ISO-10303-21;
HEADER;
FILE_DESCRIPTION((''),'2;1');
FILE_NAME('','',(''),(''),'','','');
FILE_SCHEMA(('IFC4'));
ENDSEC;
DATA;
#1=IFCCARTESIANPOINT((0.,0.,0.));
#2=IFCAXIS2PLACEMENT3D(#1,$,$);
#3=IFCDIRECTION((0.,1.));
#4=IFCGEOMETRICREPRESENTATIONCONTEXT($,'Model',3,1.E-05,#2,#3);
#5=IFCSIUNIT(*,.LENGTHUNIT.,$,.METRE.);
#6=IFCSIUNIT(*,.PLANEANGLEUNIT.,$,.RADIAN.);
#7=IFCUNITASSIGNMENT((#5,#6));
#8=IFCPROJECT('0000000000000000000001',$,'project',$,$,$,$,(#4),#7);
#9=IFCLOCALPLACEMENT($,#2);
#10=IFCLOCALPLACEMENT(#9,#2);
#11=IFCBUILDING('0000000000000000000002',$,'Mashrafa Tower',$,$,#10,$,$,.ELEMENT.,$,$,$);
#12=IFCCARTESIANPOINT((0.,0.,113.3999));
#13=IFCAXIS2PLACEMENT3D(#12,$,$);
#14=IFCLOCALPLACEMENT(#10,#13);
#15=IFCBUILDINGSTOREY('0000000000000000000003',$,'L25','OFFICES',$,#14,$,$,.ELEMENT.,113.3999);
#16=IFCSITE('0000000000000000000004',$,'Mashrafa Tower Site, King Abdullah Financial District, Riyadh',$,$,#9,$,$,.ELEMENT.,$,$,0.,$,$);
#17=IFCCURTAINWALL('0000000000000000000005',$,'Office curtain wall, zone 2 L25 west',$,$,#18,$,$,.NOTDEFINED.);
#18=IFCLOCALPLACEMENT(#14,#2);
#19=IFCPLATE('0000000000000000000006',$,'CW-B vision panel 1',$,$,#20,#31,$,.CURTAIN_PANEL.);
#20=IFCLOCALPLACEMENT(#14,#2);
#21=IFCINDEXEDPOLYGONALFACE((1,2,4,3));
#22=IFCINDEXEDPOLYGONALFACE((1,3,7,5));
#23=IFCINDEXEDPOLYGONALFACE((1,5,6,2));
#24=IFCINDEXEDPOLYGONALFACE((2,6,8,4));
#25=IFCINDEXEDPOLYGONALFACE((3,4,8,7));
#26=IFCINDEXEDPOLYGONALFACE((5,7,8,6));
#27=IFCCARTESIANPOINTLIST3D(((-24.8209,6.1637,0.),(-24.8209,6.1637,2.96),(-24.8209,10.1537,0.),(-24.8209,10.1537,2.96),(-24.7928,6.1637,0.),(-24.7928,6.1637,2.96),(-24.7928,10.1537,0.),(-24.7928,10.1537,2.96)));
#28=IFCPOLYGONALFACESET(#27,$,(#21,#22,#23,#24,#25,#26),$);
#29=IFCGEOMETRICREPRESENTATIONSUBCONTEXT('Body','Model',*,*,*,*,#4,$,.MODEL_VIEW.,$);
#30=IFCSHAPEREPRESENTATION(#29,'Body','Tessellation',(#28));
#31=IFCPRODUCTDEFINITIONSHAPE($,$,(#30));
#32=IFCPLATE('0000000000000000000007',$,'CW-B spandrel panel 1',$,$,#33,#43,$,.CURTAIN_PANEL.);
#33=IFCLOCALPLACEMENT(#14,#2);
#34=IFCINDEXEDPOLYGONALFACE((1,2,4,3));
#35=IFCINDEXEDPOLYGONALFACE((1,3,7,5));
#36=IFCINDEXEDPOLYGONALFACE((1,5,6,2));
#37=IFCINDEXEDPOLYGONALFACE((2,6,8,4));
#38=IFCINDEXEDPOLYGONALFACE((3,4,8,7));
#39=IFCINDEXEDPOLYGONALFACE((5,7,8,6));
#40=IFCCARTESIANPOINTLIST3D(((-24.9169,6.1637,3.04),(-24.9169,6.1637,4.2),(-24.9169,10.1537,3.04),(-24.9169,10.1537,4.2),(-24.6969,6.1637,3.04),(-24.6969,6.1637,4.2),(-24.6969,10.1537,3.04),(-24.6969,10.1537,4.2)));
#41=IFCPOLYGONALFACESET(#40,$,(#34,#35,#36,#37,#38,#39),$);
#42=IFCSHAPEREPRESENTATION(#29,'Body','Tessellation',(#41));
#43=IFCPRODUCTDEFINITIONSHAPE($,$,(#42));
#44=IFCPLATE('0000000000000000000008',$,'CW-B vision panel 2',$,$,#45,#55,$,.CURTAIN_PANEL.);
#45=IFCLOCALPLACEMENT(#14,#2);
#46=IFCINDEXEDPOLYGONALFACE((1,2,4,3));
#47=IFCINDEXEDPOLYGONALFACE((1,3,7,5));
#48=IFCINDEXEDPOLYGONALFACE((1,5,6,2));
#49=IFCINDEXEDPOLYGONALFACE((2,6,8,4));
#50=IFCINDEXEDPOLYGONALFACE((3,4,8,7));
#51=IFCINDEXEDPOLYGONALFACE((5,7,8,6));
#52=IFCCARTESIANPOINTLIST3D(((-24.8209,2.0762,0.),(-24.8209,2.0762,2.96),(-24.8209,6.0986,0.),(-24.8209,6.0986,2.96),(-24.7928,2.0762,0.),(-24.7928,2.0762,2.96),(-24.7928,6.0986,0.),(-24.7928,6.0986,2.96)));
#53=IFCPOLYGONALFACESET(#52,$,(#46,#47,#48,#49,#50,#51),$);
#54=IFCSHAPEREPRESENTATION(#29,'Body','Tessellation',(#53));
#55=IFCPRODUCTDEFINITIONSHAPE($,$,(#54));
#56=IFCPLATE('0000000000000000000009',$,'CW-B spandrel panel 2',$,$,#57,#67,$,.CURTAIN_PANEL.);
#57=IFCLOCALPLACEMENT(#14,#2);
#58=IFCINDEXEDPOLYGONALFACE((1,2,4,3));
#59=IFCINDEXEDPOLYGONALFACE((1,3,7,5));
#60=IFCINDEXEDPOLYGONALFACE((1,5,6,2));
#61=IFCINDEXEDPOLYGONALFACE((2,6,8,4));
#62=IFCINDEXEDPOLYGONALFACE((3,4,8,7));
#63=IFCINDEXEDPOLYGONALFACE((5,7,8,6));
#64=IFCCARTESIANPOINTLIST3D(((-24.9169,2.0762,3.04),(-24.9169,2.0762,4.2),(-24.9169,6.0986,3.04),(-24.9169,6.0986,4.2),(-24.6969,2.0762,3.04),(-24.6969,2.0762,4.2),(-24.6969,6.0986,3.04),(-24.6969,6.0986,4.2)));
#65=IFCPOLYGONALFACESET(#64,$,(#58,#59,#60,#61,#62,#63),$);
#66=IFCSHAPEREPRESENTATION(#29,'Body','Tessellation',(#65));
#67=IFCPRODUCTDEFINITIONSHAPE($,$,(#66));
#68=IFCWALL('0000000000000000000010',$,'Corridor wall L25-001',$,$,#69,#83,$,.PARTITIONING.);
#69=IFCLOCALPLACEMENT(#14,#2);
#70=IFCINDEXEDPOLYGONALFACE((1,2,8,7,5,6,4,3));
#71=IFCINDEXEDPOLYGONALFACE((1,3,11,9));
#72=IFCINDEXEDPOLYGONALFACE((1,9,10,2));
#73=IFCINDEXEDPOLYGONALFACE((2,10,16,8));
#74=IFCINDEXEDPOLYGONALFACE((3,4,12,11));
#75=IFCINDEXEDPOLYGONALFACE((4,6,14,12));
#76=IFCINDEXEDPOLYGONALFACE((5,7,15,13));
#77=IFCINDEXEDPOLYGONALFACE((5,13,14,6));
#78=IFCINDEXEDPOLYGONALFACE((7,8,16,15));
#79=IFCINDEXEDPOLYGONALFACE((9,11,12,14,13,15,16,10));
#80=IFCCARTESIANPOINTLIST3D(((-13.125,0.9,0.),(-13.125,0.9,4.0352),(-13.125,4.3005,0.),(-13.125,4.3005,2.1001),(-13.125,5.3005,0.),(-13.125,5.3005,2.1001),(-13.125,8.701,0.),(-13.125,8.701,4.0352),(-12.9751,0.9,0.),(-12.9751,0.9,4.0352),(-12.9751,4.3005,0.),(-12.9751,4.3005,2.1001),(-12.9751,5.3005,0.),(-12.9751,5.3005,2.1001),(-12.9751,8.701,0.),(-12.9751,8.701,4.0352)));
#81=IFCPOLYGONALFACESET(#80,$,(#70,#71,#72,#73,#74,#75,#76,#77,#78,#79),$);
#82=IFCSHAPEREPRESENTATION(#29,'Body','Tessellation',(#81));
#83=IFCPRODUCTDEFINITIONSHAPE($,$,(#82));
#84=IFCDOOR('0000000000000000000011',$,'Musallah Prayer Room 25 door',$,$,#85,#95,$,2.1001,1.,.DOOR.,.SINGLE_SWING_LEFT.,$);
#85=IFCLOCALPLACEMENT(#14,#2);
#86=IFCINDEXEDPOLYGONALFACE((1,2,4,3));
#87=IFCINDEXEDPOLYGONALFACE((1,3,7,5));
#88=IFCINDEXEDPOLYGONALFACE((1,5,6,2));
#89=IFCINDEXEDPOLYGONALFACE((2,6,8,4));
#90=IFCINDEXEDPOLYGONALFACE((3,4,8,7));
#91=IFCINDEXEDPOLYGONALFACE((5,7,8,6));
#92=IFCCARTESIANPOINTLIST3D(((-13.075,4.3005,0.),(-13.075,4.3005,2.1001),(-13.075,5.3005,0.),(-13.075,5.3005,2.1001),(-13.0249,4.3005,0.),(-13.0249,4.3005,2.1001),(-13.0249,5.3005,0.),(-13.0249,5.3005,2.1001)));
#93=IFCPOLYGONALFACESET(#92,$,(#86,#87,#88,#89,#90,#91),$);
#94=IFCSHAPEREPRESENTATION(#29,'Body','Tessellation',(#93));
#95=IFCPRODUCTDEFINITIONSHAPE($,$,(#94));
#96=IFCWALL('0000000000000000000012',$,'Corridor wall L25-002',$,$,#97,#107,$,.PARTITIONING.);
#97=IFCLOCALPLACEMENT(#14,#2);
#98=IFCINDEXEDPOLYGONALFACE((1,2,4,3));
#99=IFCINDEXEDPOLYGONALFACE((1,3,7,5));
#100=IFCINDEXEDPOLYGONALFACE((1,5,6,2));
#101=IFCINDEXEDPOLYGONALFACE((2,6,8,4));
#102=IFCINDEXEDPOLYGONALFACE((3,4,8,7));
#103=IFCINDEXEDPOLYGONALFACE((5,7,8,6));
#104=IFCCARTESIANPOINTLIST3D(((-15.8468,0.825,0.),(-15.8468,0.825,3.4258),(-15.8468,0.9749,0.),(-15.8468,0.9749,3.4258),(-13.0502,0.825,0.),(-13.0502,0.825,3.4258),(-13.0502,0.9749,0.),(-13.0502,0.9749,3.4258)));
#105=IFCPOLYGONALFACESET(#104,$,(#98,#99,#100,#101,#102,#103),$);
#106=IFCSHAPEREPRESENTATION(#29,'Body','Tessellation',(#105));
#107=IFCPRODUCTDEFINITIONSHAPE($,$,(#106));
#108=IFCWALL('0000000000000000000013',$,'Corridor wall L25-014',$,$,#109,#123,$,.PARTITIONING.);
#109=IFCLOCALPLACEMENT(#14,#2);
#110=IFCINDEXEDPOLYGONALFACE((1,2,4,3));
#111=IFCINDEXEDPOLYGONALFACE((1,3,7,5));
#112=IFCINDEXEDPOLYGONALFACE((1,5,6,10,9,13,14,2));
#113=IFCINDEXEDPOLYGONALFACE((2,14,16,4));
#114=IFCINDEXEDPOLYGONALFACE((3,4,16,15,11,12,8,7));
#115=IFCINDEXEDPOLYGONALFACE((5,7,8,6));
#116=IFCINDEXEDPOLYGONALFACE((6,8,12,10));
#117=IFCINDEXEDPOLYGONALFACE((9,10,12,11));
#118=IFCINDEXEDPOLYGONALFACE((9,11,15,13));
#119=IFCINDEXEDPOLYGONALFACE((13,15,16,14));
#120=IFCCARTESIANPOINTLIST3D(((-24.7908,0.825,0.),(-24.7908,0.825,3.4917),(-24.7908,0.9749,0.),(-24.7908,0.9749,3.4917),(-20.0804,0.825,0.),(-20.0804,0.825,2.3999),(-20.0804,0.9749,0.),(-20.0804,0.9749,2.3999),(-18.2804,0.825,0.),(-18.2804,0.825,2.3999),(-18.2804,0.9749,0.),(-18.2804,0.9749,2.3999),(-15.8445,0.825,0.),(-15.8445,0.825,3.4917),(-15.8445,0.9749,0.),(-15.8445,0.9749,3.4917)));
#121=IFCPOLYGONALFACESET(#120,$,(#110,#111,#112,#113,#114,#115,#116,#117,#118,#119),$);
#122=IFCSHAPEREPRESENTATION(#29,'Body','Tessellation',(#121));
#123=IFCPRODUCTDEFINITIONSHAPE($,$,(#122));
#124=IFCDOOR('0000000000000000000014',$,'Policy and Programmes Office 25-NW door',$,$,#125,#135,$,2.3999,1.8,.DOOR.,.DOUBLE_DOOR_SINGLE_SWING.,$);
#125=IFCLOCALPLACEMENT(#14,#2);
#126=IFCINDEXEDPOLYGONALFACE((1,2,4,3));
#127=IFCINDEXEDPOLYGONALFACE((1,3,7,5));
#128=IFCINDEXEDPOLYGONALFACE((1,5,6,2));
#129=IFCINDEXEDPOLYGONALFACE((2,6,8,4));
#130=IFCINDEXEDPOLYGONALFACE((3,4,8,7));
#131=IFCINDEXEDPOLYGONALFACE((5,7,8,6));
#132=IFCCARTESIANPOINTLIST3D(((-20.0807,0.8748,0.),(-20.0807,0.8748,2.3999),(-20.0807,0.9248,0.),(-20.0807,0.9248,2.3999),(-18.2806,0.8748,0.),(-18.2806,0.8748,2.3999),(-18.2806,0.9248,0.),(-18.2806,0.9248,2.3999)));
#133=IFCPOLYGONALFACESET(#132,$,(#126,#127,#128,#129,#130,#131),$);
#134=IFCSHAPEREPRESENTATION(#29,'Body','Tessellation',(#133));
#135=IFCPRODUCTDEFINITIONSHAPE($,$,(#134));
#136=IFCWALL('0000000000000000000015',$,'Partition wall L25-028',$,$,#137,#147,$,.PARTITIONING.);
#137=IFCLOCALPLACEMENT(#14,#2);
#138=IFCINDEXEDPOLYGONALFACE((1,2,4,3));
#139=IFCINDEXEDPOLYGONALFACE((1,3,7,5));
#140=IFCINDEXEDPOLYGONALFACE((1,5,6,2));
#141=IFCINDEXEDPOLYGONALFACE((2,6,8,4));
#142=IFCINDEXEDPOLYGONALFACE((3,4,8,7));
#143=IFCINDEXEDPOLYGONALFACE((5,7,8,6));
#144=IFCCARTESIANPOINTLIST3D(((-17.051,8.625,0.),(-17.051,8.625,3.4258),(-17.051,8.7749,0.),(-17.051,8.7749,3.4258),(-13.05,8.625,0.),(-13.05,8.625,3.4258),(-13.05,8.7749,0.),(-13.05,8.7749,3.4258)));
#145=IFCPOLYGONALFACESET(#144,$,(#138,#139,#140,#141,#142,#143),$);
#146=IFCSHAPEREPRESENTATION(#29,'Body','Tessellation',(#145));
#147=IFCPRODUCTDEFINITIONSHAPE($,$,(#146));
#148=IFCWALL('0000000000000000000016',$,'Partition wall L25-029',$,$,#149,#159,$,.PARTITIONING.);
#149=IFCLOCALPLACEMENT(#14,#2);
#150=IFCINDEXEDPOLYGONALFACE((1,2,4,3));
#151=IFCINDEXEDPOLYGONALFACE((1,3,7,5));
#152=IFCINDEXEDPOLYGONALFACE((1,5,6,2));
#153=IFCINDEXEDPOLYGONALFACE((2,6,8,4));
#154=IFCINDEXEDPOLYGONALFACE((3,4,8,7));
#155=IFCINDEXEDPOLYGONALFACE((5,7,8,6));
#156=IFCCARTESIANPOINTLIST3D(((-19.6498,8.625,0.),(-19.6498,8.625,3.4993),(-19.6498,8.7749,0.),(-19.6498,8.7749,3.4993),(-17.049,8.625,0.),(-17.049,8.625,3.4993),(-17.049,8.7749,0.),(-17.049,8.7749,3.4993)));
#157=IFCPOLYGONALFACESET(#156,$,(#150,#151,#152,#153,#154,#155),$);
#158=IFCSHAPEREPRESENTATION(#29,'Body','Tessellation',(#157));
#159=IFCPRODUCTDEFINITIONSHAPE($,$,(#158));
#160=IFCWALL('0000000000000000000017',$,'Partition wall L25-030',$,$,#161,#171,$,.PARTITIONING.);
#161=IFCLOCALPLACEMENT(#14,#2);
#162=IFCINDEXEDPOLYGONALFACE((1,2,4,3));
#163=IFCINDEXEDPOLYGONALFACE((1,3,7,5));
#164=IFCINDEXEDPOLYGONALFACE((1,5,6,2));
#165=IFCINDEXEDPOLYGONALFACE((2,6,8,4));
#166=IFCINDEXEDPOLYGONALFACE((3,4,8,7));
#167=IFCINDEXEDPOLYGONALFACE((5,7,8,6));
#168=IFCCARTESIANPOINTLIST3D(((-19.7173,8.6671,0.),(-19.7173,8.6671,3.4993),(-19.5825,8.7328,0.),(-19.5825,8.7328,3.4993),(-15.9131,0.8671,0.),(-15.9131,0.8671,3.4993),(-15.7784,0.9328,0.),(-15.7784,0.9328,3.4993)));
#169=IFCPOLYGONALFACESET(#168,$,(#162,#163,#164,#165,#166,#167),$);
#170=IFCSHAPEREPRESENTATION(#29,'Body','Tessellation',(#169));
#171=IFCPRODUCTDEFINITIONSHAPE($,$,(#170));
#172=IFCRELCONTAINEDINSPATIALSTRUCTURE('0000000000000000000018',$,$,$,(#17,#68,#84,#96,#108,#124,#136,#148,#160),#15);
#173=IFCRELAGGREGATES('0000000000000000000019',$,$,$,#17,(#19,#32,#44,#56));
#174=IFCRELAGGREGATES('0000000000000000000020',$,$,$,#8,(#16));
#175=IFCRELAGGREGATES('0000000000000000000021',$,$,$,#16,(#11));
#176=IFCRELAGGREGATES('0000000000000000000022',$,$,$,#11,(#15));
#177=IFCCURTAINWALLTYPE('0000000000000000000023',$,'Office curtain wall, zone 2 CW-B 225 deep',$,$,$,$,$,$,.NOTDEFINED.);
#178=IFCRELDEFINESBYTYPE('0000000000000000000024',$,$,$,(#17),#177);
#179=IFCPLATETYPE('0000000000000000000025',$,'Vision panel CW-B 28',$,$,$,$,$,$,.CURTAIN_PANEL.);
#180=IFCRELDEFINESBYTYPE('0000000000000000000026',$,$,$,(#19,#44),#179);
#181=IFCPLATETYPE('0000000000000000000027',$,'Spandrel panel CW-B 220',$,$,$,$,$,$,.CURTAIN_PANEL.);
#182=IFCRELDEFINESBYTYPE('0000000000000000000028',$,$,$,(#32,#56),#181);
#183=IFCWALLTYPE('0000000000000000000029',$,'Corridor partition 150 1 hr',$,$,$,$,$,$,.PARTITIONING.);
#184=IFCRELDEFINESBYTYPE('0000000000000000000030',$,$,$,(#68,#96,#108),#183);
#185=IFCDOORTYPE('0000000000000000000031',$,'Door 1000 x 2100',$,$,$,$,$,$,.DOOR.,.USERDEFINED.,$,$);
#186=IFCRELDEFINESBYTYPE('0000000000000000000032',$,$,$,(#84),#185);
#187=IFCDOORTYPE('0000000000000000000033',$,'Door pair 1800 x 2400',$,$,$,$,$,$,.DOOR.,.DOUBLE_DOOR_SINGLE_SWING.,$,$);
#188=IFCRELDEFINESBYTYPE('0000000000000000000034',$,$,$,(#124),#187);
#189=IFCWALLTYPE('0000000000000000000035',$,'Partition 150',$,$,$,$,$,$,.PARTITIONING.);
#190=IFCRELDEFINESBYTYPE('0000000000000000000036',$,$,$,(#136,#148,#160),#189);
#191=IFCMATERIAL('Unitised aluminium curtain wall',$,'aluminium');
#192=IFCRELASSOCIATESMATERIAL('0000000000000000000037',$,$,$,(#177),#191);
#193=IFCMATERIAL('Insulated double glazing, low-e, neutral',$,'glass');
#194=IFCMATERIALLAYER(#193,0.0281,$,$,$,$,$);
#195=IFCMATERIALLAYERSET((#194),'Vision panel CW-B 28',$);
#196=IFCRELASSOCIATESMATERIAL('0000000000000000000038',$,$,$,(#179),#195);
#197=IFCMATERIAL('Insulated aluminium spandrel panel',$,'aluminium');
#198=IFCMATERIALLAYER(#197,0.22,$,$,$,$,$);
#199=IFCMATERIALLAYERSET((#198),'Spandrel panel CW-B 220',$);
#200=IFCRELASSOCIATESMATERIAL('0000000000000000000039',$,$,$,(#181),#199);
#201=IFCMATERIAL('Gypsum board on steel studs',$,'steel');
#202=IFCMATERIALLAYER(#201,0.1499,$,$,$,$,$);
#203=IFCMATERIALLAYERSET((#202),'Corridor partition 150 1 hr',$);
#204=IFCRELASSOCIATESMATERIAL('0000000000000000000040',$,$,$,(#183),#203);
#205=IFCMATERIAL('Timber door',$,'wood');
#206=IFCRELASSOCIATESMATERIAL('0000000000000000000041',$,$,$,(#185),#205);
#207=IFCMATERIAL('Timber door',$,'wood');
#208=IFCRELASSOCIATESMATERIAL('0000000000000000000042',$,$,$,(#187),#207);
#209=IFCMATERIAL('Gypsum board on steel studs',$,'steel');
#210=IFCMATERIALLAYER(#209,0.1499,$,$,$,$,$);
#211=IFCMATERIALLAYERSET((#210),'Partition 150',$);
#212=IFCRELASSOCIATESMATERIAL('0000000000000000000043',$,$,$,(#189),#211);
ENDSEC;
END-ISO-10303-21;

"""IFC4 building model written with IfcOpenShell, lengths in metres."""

from ifc_helpers import new_model, si_unit, direction, frame, frame_2d, origin, origin_2d, place, context, subcontext, project, spatial, rectangle, extrude, source, transform, mapped, material, layer, layer_set, type_object, type_shapes, element, fill, aggregate, save


model = new_model("IFC4")

# Units and contexts
model_context = context("Model", 3, precision=1e-05, world=origin(), true_north=direction((0.0, 1.0)))
body_context = subcontext(model_context, "Body", "Model", "MODEL_VIEW")
ifc_project = project(units=[si_unit("LENGTHUNIT", "METRE"), si_unit("PLANEANGLEUNIT", "RADIAN")], contexts=[model_context])

# Site, building, storey
site_placement = place(None, origin())
site = spatial("IfcSite", under=ifc_project, at=site_placement, Name="Mashrafa Tower Site, King Abdullah Financial District, Riyadh", CompositionType="ELEMENT", RefElevation=0.0)
building_placement = place(site_placement, origin())
building = spatial("IfcBuilding", under=site, at=building_placement, Name="Mashrafa Tower", CompositionType="ELEMENT")
storey_placement = place(building_placement, frame((0.0, 0.0, 113.3999)))
storey = spatial("IfcBuildingStorey", under=building, at=storey_placement, Name="L25", Description="OFFICES", CompositionType="ELEMENT", Elevation=113.3999)

# Curtain wall, plates
ifc_material_1 = material(Name="Unitised aluminium curtain wall", Category="aluminium")
curtain_wall_type = type_object("IfcCurtainWallType", Name="Office curtain wall, zone 2 CW-B 225 deep", PredefinedType="NOTDEFINED", material=ifc_material_1)
curtain_wall_placement = place(storey_placement, origin())
curtain_wall = element("IfcCurtainWall", 1, at=curtain_wall_placement, inside=storey, type_object=curtain_wall_type, Name="Office curtain wall, zone 2 L25 west", PredefinedType="NOTDEFINED")
ifc_material_2 = material(Name="Insulated double glazing, low-e, neutral", Category="glass")
ifc_layer_1 = layer(ifc_material_2, 0.0281)
ifc_layer_set_1 = layer_set([ifc_layer_1], Name="Vision panel CW-B 28")
plate_type_1 = type_object("IfcPlateType", Name="Vision panel CW-B 28", PredefinedType="CURTAIN_PANEL", material=ifc_layer_set_1)
shared_shape_1 = source(origin(), body_context, "Body", "SweptSolid", [
    extrude(rectangle(XDim=3.99, YDim=0.0281, at=origin_2d()), origin(), (0.0, 0.0, 1.0), 2.96),
])
plate_1_placement = place(storey_placement, frame((-24.8069, 8.1587, 0.0), z_axis=(0.0, 0.0, 1.0), x_axis=(0.0, -1.0, 0.0)))
plate_1 = element("IfcPlate", 2, at=plate_1_placement, type_object=plate_type_1, Name="CW-B vision panel 1", PredefinedType="CURTAIN_PANEL", context=body_context, shape_type="MappedRepresentation", body=[
    mapped(shared_shape_1, transform((0.0, 0.0, 0.0))),
])
ifc_material_3 = material(Name="Insulated aluminium spandrel panel", Category="aluminium")
ifc_layer_2 = layer(ifc_material_3, 0.22)
ifc_layer_set_2 = layer_set([ifc_layer_2], Name="Spandrel panel CW-B 220")
plate_type_2 = type_object("IfcPlateType", Name="Spandrel panel CW-B 220", PredefinedType="CURTAIN_PANEL", material=ifc_layer_set_2)
shared_shape_2 = source(origin(), body_context, "Body", "SweptSolid", [
    extrude(rectangle(XDim=3.99, YDim=0.22, at=origin_2d()), origin(), (0.0, 0.0, 1.0), 1.1599),
])
plate_2_placement = place(storey_placement, frame((-24.8069, 8.1587, 3.04), z_axis=(0.0, 0.0, 1.0), x_axis=(0.0, -1.0, 0.0)))
plate_2 = element("IfcPlate", 3, at=plate_2_placement, type_object=plate_type_2, Name="CW-B spandrel panel 1", PredefinedType="CURTAIN_PANEL", context=body_context, shape_type="MappedRepresentation", body=[
    mapped(shared_shape_2, transform((0.0, 0.0, 0.0))),
])
shared_shape_3 = source(origin(), body_context, "Body", "SweptSolid", [
    extrude(rectangle(XDim=4.0225, YDim=0.0281, at=origin_2d()), origin(), (0.0, 0.0, 1.0), 2.96),
])
type_shapes(plate_type_1, [shared_shape_1, shared_shape_3])
plate_3_placement = place(storey_placement, frame((-24.8069, 4.0874, 0.0), z_axis=(0.0, 0.0, 1.0), x_axis=(0.0, -1.0, 0.0)))
plate_3 = element("IfcPlate", 4, at=plate_3_placement, type_object=plate_type_1, Name="CW-B vision panel 2", PredefinedType="CURTAIN_PANEL", context=body_context, shape_type="MappedRepresentation", body=[
    mapped(shared_shape_3, transform((0.0, 0.0, 0.0))),
])
shared_shape_4 = source(origin(), body_context, "Body", "SweptSolid", [
    extrude(rectangle(XDim=4.0225, YDim=0.22, at=origin_2d()), origin(), (0.0, 0.0, 1.0), 1.1599),
])
type_shapes(plate_type_2, [shared_shape_2, shared_shape_4])
plate_4_placement = place(storey_placement, frame((-24.8069, 4.0874, 3.04), z_axis=(0.0, 0.0, 1.0), x_axis=(0.0, -1.0, 0.0)))
plate_4 = element("IfcPlate", 5, at=plate_4_placement, type_object=plate_type_2, Name="CW-B spandrel panel 2", PredefinedType="CURTAIN_PANEL", context=body_context, shape_type="MappedRepresentation", body=[
    mapped(shared_shape_4, transform((0.0, 0.0, 0.0))),
])
aggregate(curtain_wall, [plate_1, plate_2, plate_3, plate_4])

# Wall, opening, door
ifc_material_4 = material(Name="Gypsum board on steel studs", Category="steel")
ifc_layer_3 = layer(ifc_material_4, 0.1499)
ifc_layer_set_3 = layer_set([ifc_layer_3], Name="Corridor partition 150 1 hr")
wall_type_1 = type_object("IfcWallType", Name="Corridor partition 150 1 hr", PredefinedType="PARTITIONING", material=ifc_layer_set_3)
wall_1_placement = place(storey_placement, frame((-13.05, 8.7009, 0.0), z_axis=(0.0, 0.0, 1.0), x_axis=(0.0, -1.0, 0.0)))
wall_1 = element("IfcWall", 6, at=wall_1_placement, inside=storey, type_object=wall_type_1, Name="Corridor wall L25-001", PredefinedType="PARTITIONING", context=body_context, shape_type="SweptSolid", body=[
    extrude(rectangle(XDim=7.801, YDim=0.1499, at=frame_2d((3.9004, 0.0))), origin(), (0.0, 0.0, 1.0), 4.0352),
])
opening_1_placement = place(wall_1_placement, frame((3.4004, 0.0, 0.0)))
opening_1 = element("IfcOpeningElement", 7, at=opening_1_placement, cuts=wall_1, PredefinedType="OPENING", context=body_context, shape_type="SweptSolid", body=[
    extrude(rectangle(XDim=1.0, YDim=2.1001, at=frame_2d((0.5, 1.05))), frame((0.0, 0.085, 0.0), z_axis=(0.0, -1.0, 0.0), x_axis=(1.0, 0.0, 0.0)), (0.0, 0.0, 1.0), 0.1699),
])
ifc_material_5 = material(Name="Timber door", Category="wood")
door_type_1 = type_object("IfcDoorType", Name="Door 1000 x 2100", OperationType="USERDEFINED", PredefinedType="DOOR", material=ifc_material_5)
door_1_placement = place(opening_1_placement, frame((1.0, 0.0, 0.0), z_axis=(0.0, 0.0, 1.0), x_axis=(-1.0, 0.0, 0.0)))
door_1 = element("IfcDoor", 8, at=door_1_placement, inside=storey, type_object=door_type_1, Name="Musallah Prayer Room 25 door", OperationType="SINGLE_SWING_LEFT", OverallHeight=2.1001, OverallWidth=1.0, PredefinedType="DOOR", context=body_context, shape_type="SweptSolid", body=[
    extrude(rectangle(XDim=1.0, YDim=2.1001, at=frame_2d((0.5, 1.05))), frame((0.0, 0.0249, 0.0), z_axis=(0.0, -1.0, 0.0), x_axis=(1.0, 0.0, 0.0)), (0.0, 0.0, 1.0), 0.05),
])
fill(opening_1, door_1)

# Wall
wall_2_placement = place(storey_placement, frame((-13.05, 0.8999, 0.0), z_axis=(0.0, 0.0, 1.0), x_axis=(-1.0, 0.0, 0.0)))
element("IfcWall", 9, at=wall_2_placement, inside=storey, type_object=wall_type_1, Name="Corridor wall L25-002", PredefinedType="PARTITIONING", context=body_context, shape_type="SweptSolid", body=[
    extrude(rectangle(XDim=2.7966, YDim=0.1499, at=frame_2d((1.3984, 0.0))), origin(), (0.0, 0.0, 1.0), 3.4258),
])

# Wall, opening, door
wall_3_placement = place(storey_placement, frame((-15.8445, 0.8999, 0.0), z_axis=(0.0, 0.0, 1.0), x_axis=(-1.0, 0.0, 0.0)))
wall_3 = element("IfcWall", 10, at=wall_3_placement, inside=storey, type_object=wall_type_1, Name="Corridor wall L25-014", PredefinedType="PARTITIONING", context=body_context, shape_type="SweptSolid", body=[
    extrude(rectangle(XDim=8.9463, YDim=0.1499, at=frame_2d((4.4731, 0.0))), origin(), (0.0, 0.0, 1.0), 3.4917),
])
opening_2_placement = place(wall_3_placement, frame((2.436, 0.0, 0.0)))
opening_2 = element("IfcOpeningElement", 11, at=opening_2_placement, cuts=wall_3, PredefinedType="OPENING", context=body_context, shape_type="SweptSolid", body=[
    extrude(rectangle(XDim=1.8, YDim=2.3999, at=frame_2d((0.8999, 1.2))), frame((0.0, 0.085, 0.0), z_axis=(0.0, -1.0, 0.0), x_axis=(1.0, 0.0, 0.0)), (0.0, 0.0, 1.0), 0.1699),
])
ifc_material_6 = material(Name="Timber door", Category="wood")
door_type_2 = type_object("IfcDoorType", Name="Door pair 1800 x 2400", OperationType="DOUBLE_DOOR_SINGLE_SWING", PredefinedType="DOOR", material=ifc_material_6)
door_2_placement = place(opening_2_placement, frame((1.8, 0.0, 0.0), z_axis=(0.0, 0.0, 1.0), x_axis=(-1.0, 0.0, 0.0)))
door_2 = element("IfcDoor", 12, at=door_2_placement, inside=storey, type_object=door_type_2, Name="Policy and Programmes Office 25-NW door", OperationType="DOUBLE_DOOR_SINGLE_SWING", OverallHeight=2.3999, OverallWidth=1.8, PredefinedType="DOOR", context=body_context, shape_type="SweptSolid", body=[
    extrude(rectangle(XDim=1.8, YDim=2.3999, at=frame_2d((0.8999, 1.2))), frame((0.0, 0.0249, 0.0), z_axis=(0.0, -1.0, 0.0), x_axis=(1.0, 0.0, 0.0)), (0.0, 0.0, 1.0), 0.05),
])
fill(opening_2, door_2)

# Walls
ifc_material_7 = material(Name="Gypsum board on steel studs", Category="steel")
ifc_layer_4 = layer(ifc_material_7, 0.1499)
ifc_layer_set_4 = layer_set([ifc_layer_4], Name="Partition 150")
wall_type_2 = type_object("IfcWallType", Name="Partition 150", PredefinedType="PARTITIONING", material=ifc_layer_set_4)
wall_4_placement = place(storey_placement, frame((-13.05, 8.7, 0.0), z_axis=(0.0, 0.0, 1.0), x_axis=(-1.0, 0.0, 0.0)))
element("IfcWall", 13, at=wall_4_placement, inside=storey, type_object=wall_type_2, Name="Partition wall L25-028", PredefinedType="PARTITIONING", context=body_context, shape_type="SweptSolid", body=[
    extrude(rectangle(XDim=4.001, YDim=0.1499, at=frame_2d((2.0005, 0.0))), origin(), (0.0, 0.0, 1.0), 3.4258),
])
wall_5_placement = place(storey_placement, frame((-17.0491, 8.7, 0.0), z_axis=(0.0, 0.0, 1.0), x_axis=(-1.0, 0.0, 0.0)))
element("IfcWall", 14, at=wall_5_placement, inside=storey, type_object=wall_type_2, Name="Partition wall L25-029", PredefinedType="PARTITIONING", context=body_context, shape_type="SweptSolid", body=[
    extrude(rectangle(XDim=2.6008, YDim=0.1499, at=frame_2d((1.3003, 0.0))), origin(), (0.0, 0.0, 1.0), 3.4993),
])
wall_6_placement = place(storey_placement, frame((-19.6499, 8.7, 0.0), z_axis=(0.0, 0.0, 1.0), x_axis=(0.438358, -0.8988, 0.0)))
element("IfcWall", 15, at=wall_6_placement, inside=storey, type_object=wall_type_2, Name="Partition wall L25-030", PredefinedType="PARTITIONING", context=body_context, shape_type="SweptSolid", body=[
    extrude(rectangle(XDim=8.6782, YDim=0.1499, at=frame_2d((4.3391, 0.0))), origin(), (0.0, 0.0, 1.0), 3.4993),
])

save(model, "model.ifc")
